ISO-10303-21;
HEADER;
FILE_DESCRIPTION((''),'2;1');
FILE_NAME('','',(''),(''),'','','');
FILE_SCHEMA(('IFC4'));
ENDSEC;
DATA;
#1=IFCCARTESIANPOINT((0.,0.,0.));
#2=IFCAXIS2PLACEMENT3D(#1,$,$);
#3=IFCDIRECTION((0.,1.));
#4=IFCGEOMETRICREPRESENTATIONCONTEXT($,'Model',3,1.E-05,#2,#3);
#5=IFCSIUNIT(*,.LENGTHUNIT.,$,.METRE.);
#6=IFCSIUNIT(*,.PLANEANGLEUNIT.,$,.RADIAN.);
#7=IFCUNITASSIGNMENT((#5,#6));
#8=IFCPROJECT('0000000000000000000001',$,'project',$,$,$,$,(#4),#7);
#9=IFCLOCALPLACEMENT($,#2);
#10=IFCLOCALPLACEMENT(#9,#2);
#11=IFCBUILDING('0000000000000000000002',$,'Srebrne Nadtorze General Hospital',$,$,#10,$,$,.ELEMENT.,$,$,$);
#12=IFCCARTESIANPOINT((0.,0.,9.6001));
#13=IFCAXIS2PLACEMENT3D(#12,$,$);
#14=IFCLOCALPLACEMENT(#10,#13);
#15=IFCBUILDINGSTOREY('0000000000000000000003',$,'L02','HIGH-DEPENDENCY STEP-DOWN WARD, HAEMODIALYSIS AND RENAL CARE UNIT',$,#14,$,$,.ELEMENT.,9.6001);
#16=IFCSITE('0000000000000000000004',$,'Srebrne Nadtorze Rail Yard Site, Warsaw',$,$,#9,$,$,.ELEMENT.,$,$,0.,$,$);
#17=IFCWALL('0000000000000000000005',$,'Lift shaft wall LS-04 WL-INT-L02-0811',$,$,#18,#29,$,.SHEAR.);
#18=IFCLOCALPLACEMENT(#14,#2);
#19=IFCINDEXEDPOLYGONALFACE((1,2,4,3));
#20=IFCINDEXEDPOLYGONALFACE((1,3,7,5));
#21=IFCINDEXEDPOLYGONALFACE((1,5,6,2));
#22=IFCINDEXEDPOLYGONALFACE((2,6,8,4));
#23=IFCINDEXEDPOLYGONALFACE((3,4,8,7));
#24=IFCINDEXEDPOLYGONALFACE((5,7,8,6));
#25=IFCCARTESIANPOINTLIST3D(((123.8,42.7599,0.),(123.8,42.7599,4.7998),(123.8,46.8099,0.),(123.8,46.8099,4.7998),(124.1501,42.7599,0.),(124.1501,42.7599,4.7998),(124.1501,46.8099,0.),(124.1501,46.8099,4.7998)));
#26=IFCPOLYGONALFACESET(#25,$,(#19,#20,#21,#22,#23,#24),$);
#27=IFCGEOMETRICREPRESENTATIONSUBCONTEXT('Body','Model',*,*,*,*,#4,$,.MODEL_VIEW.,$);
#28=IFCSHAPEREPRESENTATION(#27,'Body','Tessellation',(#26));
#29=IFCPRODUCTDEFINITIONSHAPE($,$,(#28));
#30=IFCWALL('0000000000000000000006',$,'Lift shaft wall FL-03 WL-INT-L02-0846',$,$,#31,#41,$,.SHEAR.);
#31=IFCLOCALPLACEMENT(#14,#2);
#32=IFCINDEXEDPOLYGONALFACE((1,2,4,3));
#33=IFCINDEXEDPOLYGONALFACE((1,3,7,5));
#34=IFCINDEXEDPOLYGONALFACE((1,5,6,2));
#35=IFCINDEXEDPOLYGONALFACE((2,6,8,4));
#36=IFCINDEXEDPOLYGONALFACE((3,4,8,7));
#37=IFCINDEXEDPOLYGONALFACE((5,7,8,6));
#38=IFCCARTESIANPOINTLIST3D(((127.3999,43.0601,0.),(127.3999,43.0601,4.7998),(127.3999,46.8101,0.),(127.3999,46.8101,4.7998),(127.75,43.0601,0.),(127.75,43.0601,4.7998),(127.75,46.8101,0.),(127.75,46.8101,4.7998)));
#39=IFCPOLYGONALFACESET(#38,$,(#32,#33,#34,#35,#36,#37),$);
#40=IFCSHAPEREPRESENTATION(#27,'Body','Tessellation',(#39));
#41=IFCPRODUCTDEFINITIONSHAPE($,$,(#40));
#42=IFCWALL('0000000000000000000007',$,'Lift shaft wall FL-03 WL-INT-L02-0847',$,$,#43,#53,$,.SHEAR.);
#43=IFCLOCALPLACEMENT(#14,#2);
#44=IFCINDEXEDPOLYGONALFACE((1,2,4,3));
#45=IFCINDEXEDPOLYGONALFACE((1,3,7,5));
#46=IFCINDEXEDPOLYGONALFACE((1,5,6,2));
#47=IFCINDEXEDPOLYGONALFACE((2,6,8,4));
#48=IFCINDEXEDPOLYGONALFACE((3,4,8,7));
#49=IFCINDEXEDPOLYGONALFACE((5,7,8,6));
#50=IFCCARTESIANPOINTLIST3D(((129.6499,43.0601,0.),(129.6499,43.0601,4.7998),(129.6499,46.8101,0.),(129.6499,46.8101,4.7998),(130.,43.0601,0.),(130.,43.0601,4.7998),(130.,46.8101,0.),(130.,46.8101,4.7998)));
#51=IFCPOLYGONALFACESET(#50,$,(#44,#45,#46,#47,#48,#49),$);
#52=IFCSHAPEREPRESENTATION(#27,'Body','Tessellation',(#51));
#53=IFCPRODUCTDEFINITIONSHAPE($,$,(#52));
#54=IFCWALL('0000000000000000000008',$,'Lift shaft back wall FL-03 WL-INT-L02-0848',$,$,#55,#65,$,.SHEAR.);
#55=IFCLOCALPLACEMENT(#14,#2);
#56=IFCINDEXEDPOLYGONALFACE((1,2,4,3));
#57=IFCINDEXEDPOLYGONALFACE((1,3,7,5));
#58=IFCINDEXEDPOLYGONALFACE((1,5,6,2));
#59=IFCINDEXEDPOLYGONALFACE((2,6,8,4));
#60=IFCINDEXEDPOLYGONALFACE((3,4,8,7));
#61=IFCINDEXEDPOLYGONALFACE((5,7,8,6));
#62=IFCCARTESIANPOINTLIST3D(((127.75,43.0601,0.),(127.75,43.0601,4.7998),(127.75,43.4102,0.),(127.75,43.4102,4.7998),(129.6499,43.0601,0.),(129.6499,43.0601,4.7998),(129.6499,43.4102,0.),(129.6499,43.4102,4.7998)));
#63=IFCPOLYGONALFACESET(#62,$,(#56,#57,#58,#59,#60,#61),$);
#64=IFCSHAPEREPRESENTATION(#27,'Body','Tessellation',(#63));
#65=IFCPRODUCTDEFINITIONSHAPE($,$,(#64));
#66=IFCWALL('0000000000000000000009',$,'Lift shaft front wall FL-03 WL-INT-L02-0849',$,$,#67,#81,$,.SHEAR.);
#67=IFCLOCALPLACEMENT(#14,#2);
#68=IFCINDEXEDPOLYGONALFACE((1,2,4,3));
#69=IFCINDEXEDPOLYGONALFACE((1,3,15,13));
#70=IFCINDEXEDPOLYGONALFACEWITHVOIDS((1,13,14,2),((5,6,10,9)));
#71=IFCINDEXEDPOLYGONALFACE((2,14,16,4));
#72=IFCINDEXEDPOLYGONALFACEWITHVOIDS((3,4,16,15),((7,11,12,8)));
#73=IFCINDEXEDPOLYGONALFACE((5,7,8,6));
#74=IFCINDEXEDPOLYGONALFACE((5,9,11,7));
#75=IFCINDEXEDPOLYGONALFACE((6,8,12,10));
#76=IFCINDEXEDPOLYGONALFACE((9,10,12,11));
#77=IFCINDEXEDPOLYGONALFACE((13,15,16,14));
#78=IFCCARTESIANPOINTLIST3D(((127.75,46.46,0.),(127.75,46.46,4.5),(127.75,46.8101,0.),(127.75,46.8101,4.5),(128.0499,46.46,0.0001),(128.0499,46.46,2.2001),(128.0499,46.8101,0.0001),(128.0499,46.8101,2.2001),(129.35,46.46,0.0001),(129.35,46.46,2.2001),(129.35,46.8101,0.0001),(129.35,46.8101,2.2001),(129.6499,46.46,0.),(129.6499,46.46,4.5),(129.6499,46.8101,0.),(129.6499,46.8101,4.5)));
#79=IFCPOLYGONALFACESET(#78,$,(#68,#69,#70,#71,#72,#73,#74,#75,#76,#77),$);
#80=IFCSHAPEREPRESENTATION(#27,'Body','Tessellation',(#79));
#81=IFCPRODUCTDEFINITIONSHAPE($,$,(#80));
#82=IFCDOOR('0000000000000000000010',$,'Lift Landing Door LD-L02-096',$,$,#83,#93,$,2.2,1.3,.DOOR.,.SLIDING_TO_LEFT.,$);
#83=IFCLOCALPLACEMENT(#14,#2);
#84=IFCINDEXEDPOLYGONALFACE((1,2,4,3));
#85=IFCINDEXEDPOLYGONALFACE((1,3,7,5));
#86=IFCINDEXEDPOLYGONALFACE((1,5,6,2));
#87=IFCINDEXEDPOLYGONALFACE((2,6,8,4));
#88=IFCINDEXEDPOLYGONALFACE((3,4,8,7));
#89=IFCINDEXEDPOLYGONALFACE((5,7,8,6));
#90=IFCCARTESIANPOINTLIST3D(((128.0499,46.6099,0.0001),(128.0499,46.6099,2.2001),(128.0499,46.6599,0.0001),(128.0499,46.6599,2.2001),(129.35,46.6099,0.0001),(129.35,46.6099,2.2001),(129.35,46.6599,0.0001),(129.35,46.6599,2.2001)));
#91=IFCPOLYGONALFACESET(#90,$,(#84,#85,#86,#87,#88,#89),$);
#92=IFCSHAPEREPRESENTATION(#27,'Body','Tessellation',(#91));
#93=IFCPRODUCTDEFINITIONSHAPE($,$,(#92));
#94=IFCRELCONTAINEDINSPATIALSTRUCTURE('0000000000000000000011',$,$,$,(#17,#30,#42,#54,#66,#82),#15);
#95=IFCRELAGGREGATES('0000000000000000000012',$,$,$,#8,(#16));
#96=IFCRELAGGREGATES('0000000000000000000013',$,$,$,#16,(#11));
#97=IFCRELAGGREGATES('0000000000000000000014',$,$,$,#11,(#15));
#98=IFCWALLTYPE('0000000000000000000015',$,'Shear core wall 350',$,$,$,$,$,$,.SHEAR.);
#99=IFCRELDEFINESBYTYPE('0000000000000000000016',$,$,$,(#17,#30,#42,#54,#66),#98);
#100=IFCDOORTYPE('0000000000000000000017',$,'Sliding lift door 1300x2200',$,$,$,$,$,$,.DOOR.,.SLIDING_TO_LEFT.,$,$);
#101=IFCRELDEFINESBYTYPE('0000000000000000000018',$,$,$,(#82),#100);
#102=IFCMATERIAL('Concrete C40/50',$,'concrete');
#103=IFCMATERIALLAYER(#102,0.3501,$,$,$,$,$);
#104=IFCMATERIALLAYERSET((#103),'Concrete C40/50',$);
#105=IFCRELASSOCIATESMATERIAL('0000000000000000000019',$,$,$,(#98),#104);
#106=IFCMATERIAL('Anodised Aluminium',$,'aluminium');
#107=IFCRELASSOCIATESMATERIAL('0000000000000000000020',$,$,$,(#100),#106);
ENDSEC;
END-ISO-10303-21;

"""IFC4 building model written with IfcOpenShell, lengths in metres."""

from ifc_helpers import new_model, si_unit, direction, frame, frame_2d, origin, place, context, subcontext, project, spatial, rectangle, extrude, material, layer, layer_set, type_object, element, fill, save


model = new_model("IFC4")

# Units and contexts
model_context = context("Model", 3, precision=1e-05, world=origin(), true_north=direction((0.0, 1.0)))
body_context = subcontext(model_context, "Body", "Model", "MODEL_VIEW")
ifc_project = project(units=[si_unit("LENGTHUNIT", "METRE"), si_unit("PLANEANGLEUNIT", "RADIAN")], contexts=[model_context])

# Site, building, storey
site_placement = place(None, origin())
site = spatial("IfcSite", under=ifc_project, at=site_placement, Name="Srebrne Nadtorze Rail Yard Site, Warsaw", CompositionType="ELEMENT", RefElevation=0.0)
building_placement = place(site_placement, origin())
building = spatial("IfcBuilding", under=site, at=building_placement, Name="Srebrne Nadtorze General Hospital", CompositionType="ELEMENT")
storey_placement = place(building_placement, frame((0.0, 0.0, 9.6001)))
storey = spatial("IfcBuildingStorey", under=building, at=storey_placement, Name="L02", Description="HIGH-DEPENDENCY STEP-DOWN WARD, HAEMODIALYSIS AND RENAL CARE UNIT", CompositionType="ELEMENT", Elevation=9.6001)

# Walls
ifc_material_1 = material(Name="Concrete C40/50", Category="concrete")
ifc_layer_1 = layer(ifc_material_1, 0.3501)
ifc_layer_set_1 = layer_set([ifc_layer_1], Name="Concrete C40/50")
wall_type_1 = type_object("IfcWallType", Name="Shear core wall 350", PredefinedType="SHEAR", material=ifc_layer_set_1)
wall_1_placement = place(storey_placement, frame((123.9751, 42.76, 0.0), z_axis=(0.0, 0.0, 1.0), x_axis=(0.0, 1.0, 0.0)))
element("IfcWall", 1, at=wall_1_placement, inside=storey, type_object=wall_type_1, Name="Lift shaft wall LS-04 WL-INT-L02-0811", PredefinedType="SHEAR", context=body_context, shape_type="SweptSolid", body=[
    extrude(rectangle(XDim=4.05, YDim=0.3501, at=frame_2d((2.0249, 0.0))), origin(), (0.0, 0.0, 1.0), 4.7998),
])
for number, where, z_axis, x_axis, name in (
    (2, (127.575, 43.0601, 0.0), (0.0, 0.0, 1.0), (0.0, 1.0, 0.0), "Lift shaft wall FL-03 WL-INT-L02-0846"),
    (3, (129.825, 43.0601, 0.0), (0.0, 0.0, 1.0), (0.0, 1.0, 0.0), "Lift shaft wall FL-03 WL-INT-L02-0847"),
):
    element("IfcWall", number, at=place(storey_placement, frame(where, z_axis=z_axis, x_axis=x_axis)), inside=storey, type_object=wall_type_1, Name=name, PredefinedType="SHEAR", context=body_context, shape_type="SweptSolid", body=[
        extrude(rectangle(XDim=3.75, YDim=0.3501, at=frame_2d((1.875, 0.0))), origin(), (0.0, 0.0, 1.0), 4.7998),
    ])
wall_2_placement = place(storey_placement, frame((127.75, 43.2351, 0.0), z_axis=(0.0, 0.0, 1.0), x_axis=(1.0, 0.0, 0.0)))
element("IfcWall", 4, at=wall_2_placement, inside=storey, type_object=wall_type_1, Name="Lift shaft back wall FL-03 WL-INT-L02-0848", PredefinedType="SHEAR", context=body_context, shape_type="SweptSolid", body=[
    extrude(rectangle(XDim=1.8999, YDim=0.3501, at=frame_2d((0.95, 0.0))), origin(), (0.0, 0.0, 1.0), 4.7998),
])

# Wall, opening, door
wall_3_placement = place(storey_placement, frame((127.75, 46.635, 0.0), z_axis=(0.0, 0.0, 1.0), x_axis=(1.0, 0.0, 0.0)))
wall_3 = element("IfcWall", 5, at=wall_3_placement, inside=storey, type_object=wall_type_1, Name="Lift shaft front wall FL-03 WL-INT-L02-0849", PredefinedType="SHEAR", context=body_context, shape_type="SweptSolid", body=[
    extrude(rectangle(XDim=1.8999, YDim=0.3501, at=frame_2d((0.95, 0.0))), origin(), (0.0, 0.0, 1.0), 4.5),
])
opening_1_placement = place(wall_3_placement, frame((0.3, 0.0, 0.0)))
opening_1 = element("IfcOpeningElement", 6, at=opening_1_placement, cuts=wall_3, PredefinedType="OPENING", context=body_context, shape_type="SweptSolid", body=[
    extrude(rectangle(XDim=1.3, YDim=2.2, at=frame_2d((0.6499, 1.1001))), frame((0.0, 0.187, 0.0), z_axis=(0.0, -1.0, 0.0), x_axis=(1.0, 0.0, 0.0)), (0.0, 0.0, 1.0), 0.374),
])
ifc_material_2 = material(Name="Anodised Aluminium", Category="aluminium")
door_type_1 = type_object("IfcDoorType", Name="Sliding lift door 1300x2200", OperationType="SLIDING_TO_LEFT", PredefinedType="DOOR", material=ifc_material_2)
door_1_placement = place(opening_1_placement, origin())
door_1 = element("IfcDoor", 7, at=door_1_placement, inside=storey, type_object=door_type_1, Name="Lift Landing Door LD-L02-096", OperationType="SLIDING_TO_LEFT", OverallHeight=2.2, OverallWidth=1.3, PredefinedType="DOOR", context=body_context, shape_type="SweptSolid", body=[
    extrude(rectangle(XDim=1.3, YDim=2.2, at=frame_2d((0.6499, 1.1001))), frame((0.0, 0.0249, 0.0), z_axis=(0.0, -1.0, 0.0), x_axis=(1.0, 0.0, 0.0)), (0.0, 0.0, 1.0), 0.05),
])
fill(opening_1, door_1)

save(model, "model.ifc")
